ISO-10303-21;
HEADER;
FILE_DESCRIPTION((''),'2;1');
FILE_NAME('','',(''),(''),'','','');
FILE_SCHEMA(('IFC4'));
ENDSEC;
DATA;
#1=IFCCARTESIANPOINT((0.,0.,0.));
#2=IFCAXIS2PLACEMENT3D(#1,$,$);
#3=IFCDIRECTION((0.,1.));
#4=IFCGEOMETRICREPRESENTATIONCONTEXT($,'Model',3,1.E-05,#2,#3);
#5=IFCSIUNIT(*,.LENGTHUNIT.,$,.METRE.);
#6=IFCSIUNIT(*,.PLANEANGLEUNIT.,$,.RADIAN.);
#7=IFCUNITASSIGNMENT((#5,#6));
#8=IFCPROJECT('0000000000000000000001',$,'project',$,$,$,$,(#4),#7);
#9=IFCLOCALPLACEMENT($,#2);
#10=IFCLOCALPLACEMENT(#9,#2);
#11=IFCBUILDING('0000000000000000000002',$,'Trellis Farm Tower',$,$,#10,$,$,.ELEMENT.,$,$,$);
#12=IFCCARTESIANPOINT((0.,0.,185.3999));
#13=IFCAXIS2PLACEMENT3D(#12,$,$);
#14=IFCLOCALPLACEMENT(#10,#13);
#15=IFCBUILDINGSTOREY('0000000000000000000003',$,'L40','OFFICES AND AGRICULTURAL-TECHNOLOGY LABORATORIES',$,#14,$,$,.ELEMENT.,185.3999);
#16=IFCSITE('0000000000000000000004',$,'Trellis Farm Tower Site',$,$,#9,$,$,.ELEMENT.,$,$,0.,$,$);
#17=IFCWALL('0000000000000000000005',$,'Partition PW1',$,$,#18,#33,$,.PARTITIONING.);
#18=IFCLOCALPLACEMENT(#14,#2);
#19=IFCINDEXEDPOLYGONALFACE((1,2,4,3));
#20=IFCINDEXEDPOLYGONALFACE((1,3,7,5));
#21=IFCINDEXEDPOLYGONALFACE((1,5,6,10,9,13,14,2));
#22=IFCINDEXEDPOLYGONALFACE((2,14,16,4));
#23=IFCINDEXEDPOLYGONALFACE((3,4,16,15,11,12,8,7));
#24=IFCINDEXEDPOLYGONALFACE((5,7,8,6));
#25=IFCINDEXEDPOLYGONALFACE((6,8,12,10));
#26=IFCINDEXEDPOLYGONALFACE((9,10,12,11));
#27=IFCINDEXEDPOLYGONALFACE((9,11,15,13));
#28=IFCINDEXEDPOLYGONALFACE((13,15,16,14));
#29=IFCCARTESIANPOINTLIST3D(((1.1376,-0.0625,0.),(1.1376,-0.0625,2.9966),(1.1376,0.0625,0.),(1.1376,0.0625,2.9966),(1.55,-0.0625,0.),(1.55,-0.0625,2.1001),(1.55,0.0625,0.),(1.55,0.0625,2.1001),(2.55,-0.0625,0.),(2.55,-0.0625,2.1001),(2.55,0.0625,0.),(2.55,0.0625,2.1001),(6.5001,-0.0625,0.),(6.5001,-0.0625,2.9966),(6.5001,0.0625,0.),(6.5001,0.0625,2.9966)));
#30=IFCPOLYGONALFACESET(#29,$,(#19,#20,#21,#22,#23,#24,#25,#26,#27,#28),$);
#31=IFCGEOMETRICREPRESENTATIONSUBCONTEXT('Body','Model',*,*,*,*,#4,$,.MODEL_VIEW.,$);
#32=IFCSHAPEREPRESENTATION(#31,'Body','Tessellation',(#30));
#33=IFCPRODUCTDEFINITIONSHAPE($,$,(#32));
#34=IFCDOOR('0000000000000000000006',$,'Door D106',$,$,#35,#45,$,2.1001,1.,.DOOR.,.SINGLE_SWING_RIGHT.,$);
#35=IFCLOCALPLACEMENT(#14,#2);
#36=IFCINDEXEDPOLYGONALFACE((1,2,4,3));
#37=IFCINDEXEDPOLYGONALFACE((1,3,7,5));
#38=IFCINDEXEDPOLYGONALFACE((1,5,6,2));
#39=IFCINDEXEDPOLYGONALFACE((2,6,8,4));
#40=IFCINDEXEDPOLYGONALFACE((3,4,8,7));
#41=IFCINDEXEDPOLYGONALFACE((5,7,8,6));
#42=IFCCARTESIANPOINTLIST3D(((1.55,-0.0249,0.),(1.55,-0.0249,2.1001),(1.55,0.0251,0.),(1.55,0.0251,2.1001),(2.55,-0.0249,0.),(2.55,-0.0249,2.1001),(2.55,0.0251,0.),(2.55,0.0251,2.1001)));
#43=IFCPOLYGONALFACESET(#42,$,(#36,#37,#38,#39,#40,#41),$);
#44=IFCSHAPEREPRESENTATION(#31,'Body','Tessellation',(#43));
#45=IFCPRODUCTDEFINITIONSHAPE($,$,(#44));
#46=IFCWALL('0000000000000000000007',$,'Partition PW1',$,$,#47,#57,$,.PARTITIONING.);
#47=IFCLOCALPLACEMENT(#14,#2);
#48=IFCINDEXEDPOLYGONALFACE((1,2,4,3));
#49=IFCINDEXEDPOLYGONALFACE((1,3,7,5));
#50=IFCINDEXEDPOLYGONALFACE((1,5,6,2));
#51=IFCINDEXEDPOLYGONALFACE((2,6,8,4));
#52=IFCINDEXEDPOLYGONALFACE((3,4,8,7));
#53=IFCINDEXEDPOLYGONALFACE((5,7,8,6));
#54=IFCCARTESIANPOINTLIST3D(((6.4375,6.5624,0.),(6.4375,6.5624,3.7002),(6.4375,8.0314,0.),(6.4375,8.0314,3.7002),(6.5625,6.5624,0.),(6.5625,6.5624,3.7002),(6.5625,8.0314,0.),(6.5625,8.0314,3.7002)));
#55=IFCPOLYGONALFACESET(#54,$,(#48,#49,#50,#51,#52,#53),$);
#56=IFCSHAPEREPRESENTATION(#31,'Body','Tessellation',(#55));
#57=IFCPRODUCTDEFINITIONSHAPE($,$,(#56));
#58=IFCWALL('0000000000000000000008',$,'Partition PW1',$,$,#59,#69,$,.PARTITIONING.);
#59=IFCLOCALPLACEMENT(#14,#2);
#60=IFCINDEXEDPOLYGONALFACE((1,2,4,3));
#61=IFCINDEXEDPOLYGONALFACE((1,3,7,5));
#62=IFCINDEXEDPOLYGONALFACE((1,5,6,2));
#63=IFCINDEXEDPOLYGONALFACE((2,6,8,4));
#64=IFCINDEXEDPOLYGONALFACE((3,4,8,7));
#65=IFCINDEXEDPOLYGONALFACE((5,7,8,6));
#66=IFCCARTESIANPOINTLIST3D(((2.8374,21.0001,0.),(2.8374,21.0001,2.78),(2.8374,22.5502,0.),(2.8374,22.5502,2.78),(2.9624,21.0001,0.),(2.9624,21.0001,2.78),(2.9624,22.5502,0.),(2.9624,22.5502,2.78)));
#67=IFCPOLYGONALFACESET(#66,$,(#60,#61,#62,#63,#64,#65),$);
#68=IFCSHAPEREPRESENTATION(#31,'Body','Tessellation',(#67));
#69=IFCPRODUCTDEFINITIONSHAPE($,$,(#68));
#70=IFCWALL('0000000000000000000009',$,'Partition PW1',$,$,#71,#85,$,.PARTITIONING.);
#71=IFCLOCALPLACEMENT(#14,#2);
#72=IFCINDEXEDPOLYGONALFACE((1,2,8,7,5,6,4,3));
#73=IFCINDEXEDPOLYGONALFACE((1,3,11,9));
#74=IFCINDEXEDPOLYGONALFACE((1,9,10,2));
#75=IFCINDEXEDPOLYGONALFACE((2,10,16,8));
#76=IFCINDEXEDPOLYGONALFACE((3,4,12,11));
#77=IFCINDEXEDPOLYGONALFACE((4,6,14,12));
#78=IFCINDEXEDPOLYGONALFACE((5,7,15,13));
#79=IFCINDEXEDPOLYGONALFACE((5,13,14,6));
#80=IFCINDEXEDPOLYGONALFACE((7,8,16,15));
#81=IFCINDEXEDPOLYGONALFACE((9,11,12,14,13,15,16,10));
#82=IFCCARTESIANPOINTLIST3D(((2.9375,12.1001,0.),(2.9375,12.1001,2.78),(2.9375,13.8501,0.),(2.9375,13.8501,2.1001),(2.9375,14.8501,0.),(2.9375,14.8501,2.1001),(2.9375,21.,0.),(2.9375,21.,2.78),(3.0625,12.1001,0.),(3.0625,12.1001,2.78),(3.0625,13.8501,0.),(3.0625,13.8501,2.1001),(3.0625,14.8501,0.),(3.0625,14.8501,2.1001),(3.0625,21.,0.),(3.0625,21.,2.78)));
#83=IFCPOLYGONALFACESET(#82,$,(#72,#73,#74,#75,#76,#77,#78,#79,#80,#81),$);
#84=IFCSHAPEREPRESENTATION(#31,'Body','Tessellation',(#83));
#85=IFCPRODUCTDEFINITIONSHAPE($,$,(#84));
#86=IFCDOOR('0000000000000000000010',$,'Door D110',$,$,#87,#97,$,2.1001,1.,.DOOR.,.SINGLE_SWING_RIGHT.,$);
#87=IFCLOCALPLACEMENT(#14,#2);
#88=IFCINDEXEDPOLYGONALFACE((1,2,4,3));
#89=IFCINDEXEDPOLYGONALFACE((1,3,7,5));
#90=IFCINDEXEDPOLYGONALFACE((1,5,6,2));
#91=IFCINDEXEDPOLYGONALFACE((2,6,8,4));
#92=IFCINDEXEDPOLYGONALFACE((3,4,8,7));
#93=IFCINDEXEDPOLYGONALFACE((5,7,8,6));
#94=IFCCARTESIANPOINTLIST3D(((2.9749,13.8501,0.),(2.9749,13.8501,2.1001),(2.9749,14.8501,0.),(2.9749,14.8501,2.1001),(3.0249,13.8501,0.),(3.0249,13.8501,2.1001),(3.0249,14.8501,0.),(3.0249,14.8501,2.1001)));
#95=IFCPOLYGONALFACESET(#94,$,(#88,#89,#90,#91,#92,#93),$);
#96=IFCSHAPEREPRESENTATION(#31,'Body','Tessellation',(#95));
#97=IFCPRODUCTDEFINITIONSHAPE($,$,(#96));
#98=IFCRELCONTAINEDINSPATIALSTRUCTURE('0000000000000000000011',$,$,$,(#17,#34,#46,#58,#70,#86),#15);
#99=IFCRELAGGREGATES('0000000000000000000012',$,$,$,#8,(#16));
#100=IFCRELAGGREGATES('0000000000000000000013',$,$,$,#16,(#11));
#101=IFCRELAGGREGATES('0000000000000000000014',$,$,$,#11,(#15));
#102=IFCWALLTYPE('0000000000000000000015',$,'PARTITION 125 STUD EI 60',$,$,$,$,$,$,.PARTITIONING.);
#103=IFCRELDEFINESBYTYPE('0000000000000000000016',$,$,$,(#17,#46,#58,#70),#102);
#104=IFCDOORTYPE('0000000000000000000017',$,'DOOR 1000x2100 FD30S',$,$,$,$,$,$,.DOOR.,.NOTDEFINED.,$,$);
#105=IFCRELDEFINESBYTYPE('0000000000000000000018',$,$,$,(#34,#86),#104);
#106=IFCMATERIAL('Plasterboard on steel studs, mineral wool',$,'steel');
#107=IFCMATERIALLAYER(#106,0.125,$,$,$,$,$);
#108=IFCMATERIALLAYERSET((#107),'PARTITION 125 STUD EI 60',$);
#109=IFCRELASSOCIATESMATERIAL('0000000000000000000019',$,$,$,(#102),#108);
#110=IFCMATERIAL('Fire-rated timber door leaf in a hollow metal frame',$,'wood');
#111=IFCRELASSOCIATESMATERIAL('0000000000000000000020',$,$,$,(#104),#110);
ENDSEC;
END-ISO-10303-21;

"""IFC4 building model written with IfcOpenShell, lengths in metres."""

from ifc_helpers import new_model, si_unit, direction, frame, frame_2d, origin, place, context, subcontext, project, spatial, rectangle, extrude, source, transform, mapped, material, layer, layer_set, type_object, element, fill, save


model = new_model("IFC4")

# Units and contexts
model_context = context("Model", 3, precision=1e-05, world=origin(), true_north=direction((0.0, 1.0)))
body_context = subcontext(model_context, "Body", "Model", "MODEL_VIEW")
ifc_project = project(units=[si_unit("LENGTHUNIT", "METRE"), si_unit("PLANEANGLEUNIT", "RADIAN")], contexts=[model_context])

# Site, building, storey
site_placement = place(None, origin())
site = spatial("IfcSite", under=ifc_project, at=site_placement, Name="Trellis Farm Tower Site", CompositionType="ELEMENT", RefElevation=0.0)
building_placement = place(site_placement, origin())
building = spatial("IfcBuilding", under=site, at=building_placement, Name="Trellis Farm Tower", CompositionType="ELEMENT")
storey_placement = place(building_placement, frame((0.0, 0.0, 185.3999)))
storey = spatial("IfcBuildingStorey", under=building, at=storey_placement, Name="L40", Description="OFFICES AND AGRICULTURAL-TECHNOLOGY LABORATORIES", CompositionType="ELEMENT", Elevation=185.3999)

# Shared definitions
ifc_material_1 = material(Name="Plasterboard on steel studs, mineral wool", Category="steel")
ifc_layer_1 = layer(ifc_material_1, 0.125)
ifc_layer_set_1 = layer_set([ifc_layer_1], Name="PARTITION 125 STUD EI 60")
wall_type_1 = type_object("IfcWallType", Name="PARTITION 125 STUD EI 60", PredefinedType="PARTITIONING", material=ifc_layer_set_1)

# Wall, opening, door
shared_shape_1 = source(origin(), body_context, "Body", "SweptSolid", [
    extrude(rectangle(XDim=5.3625, YDim=0.125, at=frame_2d((2.6812, 0.0))), origin(), (0.0, 0.0, 1.0), 2.9966),
])
wall_1_placement = place(storey_placement, frame((6.5, 0.0, 0.0), z_axis=(0.0, 0.0, 1.0), x_axis=(-1.0, 0.0, 0.0)))
wall_1 = element("IfcWall", 1, at=wall_1_placement, inside=storey, type_object=wall_type_1, Name="Partition PW1", PredefinedType="PARTITIONING", context=body_context, shape_type="MappedRepresentation", body=[
    mapped(shared_shape_1, transform((0.0, 0.0, 0.0))),
])
shared_shape_2 = source(origin(), body_context, "Body", "SweptSolid", [
    extrude(rectangle(XDim=1.0, YDim=2.1001, at=frame_2d((0.5, 1.05))), frame((0.0, 0.0725, 0.0), z_axis=(0.0, -1.0, 0.0), x_axis=(1.0, 0.0, 0.0)), (0.0, 0.0, 1.0), 0.145),
])
opening_1_placement = place(wall_1_placement, frame((3.95, 0.0, 0.0)))
opening_1 = element("IfcOpeningElement", 2, at=opening_1_placement, cuts=wall_1, PredefinedType="OPENING", context=body_context, shape_type="MappedRepresentation", body=[
    mapped(shared_shape_2, transform((0.0, 0.0, 0.0))),
])
ifc_material_2 = material(Name="Fire-rated timber door leaf in a hollow metal frame", Category="wood")
door_type_1 = type_object("IfcDoorType", Name="DOOR 1000x2100 FD30S", OperationType="NOTDEFINED", PredefinedType="DOOR", material=ifc_material_2)
shared_shape_3 = source(origin(), body_context, "Body", "SweptSolid", [
    extrude(rectangle(XDim=1.0, YDim=2.1001, at=frame_2d((0.5, 1.05))), frame((0.0, 0.0249, 0.0), z_axis=(0.0, -1.0, 0.0), x_axis=(1.0, 0.0, 0.0)), (0.0, 0.0, 1.0), 0.05),
])
door_1_placement = place(opening_1_placement, origin())
door_1 = element("IfcDoor", 3, at=door_1_placement, inside=storey, type_object=door_type_1, Name="Door D106", OperationType="SINGLE_SWING_RIGHT", OverallHeight=2.1001, OverallWidth=1.0, PredefinedType="DOOR", context=body_context, shape_type="MappedRepresentation", body=[
    mapped(shared_shape_3, transform((0.0, 0.0, 0.0))),
])
fill(opening_1, door_1)

# Walls
shared_shape_4 = source(origin(), body_context, "Body", "SweptSolid", [
    extrude(rectangle(XDim=1.469, YDim=0.125, at=frame_2d((0.7344, 0.0))), origin(), (0.0, 0.0, 1.0), 3.7002),
])
wall_2_placement = place(storey_placement, frame((6.5, 6.5625, 0.0), z_axis=(0.0, 0.0, 1.0), x_axis=(0.0, 1.0, 0.0)))
element("IfcWall", 4, at=wall_2_placement, inside=storey, type_object=wall_type_1, Name="Partition PW1", PredefinedType="PARTITIONING", context=body_context, shape_type="MappedRepresentation", body=[
    mapped(shared_shape_4, transform((0.0, 0.0, 0.0))),
])
shared_shape_5 = source(origin(), body_context, "Body", "SweptSolid", [
    extrude(rectangle(XDim=1.55, YDim=0.125, at=frame_2d((0.7749, 0.0))), origin(), (0.0, 0.0, 1.0), 2.78),
])
wall_3_placement = place(storey_placement, frame((2.8999, 22.55, 0.0), z_axis=(0.0, 0.0, 1.0), x_axis=(0.0, -1.0, 0.0)))
element("IfcWall", 5, at=wall_3_placement, inside=storey, type_object=wall_type_1, Name="Partition PW1", PredefinedType="PARTITIONING", context=body_context, shape_type="MappedRepresentation", body=[
    mapped(shared_shape_5, transform((0.0, 0.0, 0.0))),
])

# Wall, opening, door
shared_shape_6 = source(origin(), body_context, "Body", "SweptSolid", [
    extrude(rectangle(XDim=8.8999, YDim=0.125, at=frame_2d((4.45, 0.0))), origin(), (0.0, 0.0, 1.0), 2.78),
])
wall_4_placement = place(storey_placement, frame((3.0, 21.0, 0.0), z_axis=(0.0, 0.0, 1.0), x_axis=(0.0, -1.0, 0.0)))
wall_4 = element("IfcWall", 6, at=wall_4_placement, inside=storey, type_object=wall_type_1, Name="Partition PW1", PredefinedType="PARTITIONING", context=body_context, shape_type="MappedRepresentation", body=[
    mapped(shared_shape_6, transform((0.0, 0.0, 0.0))),
])
opening_2_placement = place(wall_4_placement, frame((6.1499, 0.0, 0.0)))
opening_2 = element("IfcOpeningElement", 7, at=opening_2_placement, cuts=wall_4, PredefinedType="OPENING", context=body_context, shape_type="MappedRepresentation", body=[
    mapped(shared_shape_2, transform((0.0, 0.0, 0.0))),
])
door_2_placement = place(opening_2_placement, origin())
door_2 = element("IfcDoor", 8, at=door_2_placement, inside=storey, type_object=door_type_1, Name="Door D110", OperationType="SINGLE_SWING_RIGHT", OverallHeight=2.1001, OverallWidth=1.0, PredefinedType="DOOR", context=body_context, shape_type="MappedRepresentation", body=[
    mapped(shared_shape_3, transform((0.0, 0.0, 0.0))),
])
fill(opening_2, door_2)

save(model, "model.ifc")
